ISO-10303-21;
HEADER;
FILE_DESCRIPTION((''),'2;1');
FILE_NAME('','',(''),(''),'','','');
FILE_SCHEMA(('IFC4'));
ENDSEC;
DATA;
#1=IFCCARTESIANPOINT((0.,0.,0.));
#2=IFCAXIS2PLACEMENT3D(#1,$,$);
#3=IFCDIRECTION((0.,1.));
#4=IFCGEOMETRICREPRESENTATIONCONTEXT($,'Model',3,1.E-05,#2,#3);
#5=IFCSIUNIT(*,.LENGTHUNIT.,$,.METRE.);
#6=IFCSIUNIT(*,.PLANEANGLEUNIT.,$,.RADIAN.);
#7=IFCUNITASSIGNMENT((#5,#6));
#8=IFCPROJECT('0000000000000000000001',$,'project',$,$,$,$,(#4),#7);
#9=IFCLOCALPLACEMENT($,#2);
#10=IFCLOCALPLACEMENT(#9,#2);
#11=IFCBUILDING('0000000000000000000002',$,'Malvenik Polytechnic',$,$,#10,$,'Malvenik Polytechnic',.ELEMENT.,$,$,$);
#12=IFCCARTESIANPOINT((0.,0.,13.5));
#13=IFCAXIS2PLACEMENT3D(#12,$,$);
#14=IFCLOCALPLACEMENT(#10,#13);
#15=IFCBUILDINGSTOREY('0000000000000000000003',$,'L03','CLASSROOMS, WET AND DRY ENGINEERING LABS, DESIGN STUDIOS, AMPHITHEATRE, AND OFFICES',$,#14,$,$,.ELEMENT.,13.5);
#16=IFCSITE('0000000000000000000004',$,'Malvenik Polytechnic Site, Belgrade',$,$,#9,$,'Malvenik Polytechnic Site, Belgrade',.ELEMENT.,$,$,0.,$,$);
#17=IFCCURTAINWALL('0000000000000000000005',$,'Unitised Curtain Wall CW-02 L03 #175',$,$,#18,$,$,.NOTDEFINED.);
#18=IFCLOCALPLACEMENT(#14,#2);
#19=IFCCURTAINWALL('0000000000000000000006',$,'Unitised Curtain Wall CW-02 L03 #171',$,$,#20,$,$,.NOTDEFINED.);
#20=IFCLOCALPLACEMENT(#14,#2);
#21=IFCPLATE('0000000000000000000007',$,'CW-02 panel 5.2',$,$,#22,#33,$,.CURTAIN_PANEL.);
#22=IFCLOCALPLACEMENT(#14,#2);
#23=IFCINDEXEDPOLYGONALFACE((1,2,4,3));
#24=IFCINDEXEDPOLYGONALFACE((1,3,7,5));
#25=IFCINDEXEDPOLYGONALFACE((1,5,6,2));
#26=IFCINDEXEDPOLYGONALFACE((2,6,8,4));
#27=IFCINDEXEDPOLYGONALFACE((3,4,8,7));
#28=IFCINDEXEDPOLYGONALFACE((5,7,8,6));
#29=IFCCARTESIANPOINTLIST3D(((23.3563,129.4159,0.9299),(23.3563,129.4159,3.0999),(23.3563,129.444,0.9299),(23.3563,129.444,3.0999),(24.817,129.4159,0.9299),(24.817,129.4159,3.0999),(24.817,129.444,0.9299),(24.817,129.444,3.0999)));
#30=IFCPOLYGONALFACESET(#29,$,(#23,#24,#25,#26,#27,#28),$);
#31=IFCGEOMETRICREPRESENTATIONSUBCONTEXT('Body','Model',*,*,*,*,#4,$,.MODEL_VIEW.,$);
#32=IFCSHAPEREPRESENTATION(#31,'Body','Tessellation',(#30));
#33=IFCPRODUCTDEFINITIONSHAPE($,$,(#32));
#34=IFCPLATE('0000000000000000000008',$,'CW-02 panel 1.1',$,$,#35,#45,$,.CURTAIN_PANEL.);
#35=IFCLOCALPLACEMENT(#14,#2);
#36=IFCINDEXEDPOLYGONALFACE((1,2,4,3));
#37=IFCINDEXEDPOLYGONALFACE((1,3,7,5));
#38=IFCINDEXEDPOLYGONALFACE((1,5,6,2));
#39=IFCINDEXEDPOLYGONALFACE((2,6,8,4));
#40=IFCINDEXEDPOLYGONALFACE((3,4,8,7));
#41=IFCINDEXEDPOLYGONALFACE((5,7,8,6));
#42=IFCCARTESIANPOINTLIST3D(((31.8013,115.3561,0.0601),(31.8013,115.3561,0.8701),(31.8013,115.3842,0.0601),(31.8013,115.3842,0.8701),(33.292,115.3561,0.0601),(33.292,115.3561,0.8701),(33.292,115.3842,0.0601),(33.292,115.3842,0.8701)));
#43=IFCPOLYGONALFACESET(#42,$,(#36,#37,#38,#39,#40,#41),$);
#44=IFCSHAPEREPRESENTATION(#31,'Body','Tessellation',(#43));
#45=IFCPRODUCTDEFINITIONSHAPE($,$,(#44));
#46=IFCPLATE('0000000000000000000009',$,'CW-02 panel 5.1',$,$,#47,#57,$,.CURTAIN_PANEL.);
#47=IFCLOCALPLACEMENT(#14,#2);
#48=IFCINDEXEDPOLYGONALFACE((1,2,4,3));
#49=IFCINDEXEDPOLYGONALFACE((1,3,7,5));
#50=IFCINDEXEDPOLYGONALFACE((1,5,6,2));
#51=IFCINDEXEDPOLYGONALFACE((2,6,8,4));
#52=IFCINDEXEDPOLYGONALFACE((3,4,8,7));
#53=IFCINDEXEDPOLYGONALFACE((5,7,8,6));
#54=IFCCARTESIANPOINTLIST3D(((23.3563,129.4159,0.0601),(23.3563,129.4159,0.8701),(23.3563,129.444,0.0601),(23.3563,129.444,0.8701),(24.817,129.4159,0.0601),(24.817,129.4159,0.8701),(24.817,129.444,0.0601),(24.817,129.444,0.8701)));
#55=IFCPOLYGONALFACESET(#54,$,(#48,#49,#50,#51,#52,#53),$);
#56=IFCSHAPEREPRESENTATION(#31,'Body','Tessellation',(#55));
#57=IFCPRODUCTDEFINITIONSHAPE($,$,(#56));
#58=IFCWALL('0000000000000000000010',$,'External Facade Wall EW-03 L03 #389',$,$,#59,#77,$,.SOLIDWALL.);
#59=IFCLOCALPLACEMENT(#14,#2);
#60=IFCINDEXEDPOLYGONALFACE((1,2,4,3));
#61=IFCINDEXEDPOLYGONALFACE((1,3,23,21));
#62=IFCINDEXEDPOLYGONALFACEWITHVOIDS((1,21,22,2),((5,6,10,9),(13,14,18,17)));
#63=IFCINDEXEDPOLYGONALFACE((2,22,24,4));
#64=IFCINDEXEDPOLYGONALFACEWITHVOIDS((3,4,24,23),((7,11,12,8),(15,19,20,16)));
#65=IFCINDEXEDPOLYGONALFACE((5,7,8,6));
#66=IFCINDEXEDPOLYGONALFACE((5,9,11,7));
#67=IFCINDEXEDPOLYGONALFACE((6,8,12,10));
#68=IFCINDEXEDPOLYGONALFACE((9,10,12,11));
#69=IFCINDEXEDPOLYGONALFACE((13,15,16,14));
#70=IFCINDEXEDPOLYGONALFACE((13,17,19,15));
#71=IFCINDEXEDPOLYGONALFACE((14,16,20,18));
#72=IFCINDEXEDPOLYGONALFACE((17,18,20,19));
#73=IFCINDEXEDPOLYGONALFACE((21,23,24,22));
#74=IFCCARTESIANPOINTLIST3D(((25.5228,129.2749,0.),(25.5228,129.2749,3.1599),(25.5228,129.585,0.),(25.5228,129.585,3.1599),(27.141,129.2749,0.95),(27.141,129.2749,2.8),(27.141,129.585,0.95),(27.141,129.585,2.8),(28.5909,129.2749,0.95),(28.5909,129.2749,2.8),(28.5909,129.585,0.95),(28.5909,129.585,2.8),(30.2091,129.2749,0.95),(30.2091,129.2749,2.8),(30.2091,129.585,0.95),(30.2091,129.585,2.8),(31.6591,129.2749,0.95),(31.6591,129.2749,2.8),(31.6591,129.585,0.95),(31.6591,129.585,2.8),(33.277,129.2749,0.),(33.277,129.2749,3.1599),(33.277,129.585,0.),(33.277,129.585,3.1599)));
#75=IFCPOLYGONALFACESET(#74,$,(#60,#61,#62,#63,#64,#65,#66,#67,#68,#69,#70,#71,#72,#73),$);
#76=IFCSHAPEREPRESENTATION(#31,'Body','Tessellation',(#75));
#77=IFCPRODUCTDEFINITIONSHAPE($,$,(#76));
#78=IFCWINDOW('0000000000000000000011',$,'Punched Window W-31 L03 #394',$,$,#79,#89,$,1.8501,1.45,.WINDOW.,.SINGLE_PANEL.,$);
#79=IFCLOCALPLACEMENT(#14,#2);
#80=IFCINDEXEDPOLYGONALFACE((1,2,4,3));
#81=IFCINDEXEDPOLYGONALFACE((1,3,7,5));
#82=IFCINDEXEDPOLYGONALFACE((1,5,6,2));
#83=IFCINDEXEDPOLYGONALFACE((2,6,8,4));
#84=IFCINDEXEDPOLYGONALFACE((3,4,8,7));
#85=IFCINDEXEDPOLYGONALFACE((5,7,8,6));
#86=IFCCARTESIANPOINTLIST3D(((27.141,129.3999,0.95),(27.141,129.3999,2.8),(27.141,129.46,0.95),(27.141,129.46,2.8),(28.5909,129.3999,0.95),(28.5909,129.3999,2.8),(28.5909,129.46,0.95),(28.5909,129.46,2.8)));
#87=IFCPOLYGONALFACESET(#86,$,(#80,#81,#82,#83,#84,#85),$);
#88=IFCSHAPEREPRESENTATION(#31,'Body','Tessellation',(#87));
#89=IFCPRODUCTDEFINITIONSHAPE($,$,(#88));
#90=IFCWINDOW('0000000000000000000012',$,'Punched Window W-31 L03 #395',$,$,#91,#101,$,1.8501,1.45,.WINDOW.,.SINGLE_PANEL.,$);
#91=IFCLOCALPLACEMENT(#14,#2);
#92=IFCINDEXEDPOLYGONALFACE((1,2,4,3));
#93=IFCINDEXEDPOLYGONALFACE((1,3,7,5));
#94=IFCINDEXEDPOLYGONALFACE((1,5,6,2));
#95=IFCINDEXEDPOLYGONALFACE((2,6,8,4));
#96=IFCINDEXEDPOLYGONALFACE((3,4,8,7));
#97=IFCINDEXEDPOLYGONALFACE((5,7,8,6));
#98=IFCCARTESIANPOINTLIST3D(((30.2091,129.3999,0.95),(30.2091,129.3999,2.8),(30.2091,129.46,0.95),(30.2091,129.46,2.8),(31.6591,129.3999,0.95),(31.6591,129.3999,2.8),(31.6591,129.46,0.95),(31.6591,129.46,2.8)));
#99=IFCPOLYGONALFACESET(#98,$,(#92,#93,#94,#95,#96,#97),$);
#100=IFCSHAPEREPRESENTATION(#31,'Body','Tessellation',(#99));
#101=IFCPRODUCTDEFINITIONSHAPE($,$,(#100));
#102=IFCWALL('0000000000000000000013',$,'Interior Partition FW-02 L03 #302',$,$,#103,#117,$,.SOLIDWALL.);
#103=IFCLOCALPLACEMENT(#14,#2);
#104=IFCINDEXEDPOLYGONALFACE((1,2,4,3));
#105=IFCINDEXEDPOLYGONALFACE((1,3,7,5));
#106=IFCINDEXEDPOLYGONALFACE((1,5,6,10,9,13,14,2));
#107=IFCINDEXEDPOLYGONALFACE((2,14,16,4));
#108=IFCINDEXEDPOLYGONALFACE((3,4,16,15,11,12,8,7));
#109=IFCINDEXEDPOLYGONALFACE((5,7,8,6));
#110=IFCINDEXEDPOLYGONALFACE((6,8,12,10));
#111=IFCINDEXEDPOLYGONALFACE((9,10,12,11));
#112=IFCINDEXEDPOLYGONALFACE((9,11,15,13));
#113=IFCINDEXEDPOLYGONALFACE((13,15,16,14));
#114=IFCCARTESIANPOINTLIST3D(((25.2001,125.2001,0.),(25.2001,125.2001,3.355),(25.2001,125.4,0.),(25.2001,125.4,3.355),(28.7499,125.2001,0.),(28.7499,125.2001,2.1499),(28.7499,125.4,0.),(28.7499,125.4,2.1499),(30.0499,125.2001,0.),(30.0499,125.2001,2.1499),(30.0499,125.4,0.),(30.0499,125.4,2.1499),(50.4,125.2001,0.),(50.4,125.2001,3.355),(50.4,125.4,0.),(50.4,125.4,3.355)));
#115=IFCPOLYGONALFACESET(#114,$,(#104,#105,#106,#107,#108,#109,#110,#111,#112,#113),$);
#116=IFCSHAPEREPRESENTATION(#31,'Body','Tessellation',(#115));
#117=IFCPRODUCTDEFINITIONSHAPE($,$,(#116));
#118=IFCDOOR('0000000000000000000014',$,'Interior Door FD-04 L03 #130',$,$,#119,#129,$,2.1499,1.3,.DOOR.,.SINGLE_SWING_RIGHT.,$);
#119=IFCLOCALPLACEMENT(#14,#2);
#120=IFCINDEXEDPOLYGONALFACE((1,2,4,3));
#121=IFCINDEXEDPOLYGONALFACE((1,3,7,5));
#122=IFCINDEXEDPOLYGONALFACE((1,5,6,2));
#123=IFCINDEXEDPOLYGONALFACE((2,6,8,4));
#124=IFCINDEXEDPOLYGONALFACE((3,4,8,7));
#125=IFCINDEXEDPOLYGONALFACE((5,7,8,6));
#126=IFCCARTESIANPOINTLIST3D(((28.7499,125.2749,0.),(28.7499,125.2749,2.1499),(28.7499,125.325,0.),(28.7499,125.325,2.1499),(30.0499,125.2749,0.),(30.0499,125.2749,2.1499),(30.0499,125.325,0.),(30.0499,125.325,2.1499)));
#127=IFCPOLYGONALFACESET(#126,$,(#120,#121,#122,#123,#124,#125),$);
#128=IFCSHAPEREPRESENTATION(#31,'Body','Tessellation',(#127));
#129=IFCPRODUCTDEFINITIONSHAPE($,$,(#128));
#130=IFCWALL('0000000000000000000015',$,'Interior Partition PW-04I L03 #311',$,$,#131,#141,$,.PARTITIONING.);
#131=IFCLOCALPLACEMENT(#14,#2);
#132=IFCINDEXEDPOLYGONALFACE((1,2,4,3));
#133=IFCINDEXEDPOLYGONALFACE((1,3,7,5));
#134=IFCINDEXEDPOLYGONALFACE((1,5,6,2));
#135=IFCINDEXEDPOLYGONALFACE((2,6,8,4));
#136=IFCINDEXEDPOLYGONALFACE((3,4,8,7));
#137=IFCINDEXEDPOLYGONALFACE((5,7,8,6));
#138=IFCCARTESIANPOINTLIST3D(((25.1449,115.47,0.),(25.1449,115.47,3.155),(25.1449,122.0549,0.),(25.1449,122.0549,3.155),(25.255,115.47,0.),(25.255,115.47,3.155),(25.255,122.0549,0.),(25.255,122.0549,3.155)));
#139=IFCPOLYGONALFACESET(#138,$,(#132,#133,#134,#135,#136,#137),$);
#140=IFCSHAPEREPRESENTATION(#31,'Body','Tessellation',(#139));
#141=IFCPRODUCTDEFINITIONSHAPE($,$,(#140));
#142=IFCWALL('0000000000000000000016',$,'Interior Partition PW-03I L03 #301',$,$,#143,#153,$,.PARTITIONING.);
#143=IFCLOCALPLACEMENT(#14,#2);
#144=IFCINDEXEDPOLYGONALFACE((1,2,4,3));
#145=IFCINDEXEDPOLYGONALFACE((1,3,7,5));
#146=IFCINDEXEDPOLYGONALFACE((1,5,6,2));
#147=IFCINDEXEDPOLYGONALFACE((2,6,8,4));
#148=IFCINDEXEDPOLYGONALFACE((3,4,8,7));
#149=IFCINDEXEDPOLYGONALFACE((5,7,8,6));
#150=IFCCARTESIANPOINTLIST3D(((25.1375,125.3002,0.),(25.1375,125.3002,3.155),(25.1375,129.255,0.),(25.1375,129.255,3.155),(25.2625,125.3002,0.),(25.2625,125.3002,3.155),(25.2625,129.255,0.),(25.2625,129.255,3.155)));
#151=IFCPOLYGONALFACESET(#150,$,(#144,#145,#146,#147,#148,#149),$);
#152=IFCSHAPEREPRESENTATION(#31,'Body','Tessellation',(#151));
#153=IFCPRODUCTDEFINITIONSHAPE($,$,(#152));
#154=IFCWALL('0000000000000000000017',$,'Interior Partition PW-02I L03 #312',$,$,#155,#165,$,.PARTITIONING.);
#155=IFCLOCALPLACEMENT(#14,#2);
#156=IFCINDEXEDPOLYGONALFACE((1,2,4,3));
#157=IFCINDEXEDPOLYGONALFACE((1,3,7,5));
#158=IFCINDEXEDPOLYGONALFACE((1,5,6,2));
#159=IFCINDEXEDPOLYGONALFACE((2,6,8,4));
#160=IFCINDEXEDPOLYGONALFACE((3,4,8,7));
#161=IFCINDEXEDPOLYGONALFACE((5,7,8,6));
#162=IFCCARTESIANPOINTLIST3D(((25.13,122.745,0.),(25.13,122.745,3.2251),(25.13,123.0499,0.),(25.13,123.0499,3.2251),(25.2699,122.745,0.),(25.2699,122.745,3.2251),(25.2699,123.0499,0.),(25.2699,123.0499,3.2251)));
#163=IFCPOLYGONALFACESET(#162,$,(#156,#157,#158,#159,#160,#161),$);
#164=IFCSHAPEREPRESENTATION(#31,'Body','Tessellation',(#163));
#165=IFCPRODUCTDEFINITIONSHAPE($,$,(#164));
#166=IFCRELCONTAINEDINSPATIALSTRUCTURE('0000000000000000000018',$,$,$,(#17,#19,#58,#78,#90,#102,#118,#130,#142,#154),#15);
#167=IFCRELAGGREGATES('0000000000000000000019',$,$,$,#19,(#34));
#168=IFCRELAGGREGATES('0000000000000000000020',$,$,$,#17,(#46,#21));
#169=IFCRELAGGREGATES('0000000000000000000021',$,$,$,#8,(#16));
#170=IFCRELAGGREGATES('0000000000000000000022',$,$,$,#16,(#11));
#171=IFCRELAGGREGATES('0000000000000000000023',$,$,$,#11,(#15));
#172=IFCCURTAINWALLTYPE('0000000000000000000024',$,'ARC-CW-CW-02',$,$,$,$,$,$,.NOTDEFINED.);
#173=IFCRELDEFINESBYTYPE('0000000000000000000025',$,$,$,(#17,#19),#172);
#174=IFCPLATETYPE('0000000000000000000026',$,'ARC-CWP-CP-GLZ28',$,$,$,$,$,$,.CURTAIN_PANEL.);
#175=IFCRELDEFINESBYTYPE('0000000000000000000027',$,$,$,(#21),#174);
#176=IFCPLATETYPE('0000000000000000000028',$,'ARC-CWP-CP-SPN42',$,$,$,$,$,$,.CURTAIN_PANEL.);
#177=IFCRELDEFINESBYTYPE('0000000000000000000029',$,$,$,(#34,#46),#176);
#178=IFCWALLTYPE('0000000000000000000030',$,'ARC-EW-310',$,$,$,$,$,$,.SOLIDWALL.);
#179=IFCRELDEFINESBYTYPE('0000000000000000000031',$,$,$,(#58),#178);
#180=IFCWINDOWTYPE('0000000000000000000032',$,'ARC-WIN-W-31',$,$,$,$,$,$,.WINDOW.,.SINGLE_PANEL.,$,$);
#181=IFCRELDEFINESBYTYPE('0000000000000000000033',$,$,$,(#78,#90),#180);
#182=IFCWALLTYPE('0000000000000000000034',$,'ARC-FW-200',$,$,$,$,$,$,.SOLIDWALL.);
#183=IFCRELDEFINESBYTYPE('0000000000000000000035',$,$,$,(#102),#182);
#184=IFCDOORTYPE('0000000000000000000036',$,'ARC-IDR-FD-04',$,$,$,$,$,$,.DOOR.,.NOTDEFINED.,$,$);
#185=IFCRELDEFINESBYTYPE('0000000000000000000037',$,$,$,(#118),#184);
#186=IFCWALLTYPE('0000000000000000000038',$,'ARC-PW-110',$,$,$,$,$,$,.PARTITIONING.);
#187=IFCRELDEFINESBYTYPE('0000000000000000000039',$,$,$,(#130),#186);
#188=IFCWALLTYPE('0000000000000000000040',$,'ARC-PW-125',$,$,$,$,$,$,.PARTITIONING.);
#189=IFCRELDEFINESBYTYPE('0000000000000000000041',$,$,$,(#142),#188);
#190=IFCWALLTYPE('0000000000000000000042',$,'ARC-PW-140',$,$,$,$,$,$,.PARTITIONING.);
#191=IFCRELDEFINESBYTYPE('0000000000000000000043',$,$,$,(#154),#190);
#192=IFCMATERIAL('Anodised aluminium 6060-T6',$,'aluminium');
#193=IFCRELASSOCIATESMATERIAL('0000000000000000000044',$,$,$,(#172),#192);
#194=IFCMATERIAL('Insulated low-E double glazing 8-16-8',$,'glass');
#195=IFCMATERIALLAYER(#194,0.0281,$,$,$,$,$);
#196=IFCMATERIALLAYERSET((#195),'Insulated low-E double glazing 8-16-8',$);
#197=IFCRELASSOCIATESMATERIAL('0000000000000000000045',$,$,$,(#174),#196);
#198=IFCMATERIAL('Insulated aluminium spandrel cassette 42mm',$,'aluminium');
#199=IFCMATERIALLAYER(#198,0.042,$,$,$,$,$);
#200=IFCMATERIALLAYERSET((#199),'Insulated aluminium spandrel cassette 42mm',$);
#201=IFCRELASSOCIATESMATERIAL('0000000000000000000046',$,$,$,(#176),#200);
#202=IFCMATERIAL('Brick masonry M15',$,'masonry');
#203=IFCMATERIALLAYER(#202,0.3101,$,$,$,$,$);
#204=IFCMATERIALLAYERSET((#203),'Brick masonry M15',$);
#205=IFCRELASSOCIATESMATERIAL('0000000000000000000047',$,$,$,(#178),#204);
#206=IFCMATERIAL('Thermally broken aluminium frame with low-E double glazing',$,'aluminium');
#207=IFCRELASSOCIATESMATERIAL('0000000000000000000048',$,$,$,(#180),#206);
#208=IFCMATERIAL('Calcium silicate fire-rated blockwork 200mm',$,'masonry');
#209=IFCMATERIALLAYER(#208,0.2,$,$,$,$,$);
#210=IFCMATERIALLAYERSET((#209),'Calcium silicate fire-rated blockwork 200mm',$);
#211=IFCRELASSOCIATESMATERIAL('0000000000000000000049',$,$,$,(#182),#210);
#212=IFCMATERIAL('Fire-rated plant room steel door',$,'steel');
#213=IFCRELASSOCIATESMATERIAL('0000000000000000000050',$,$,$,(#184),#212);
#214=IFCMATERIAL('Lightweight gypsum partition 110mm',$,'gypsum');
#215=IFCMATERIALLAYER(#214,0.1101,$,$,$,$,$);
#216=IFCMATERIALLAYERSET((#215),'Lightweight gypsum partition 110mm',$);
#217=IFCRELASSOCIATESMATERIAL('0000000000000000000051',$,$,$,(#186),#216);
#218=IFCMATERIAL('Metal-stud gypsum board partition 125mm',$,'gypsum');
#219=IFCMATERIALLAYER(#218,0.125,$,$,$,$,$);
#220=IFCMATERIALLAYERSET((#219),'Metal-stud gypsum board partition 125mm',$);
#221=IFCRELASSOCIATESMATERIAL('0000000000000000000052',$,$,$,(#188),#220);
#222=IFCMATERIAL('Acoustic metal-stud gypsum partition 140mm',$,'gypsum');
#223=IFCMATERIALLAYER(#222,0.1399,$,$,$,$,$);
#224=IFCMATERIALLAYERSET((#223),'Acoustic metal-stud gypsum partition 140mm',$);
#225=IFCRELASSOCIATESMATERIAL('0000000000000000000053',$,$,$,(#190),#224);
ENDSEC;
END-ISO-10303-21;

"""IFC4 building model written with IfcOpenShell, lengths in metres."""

from ifc_helpers import new_model, si_unit, direction, frame, frame_2d, origin, origin_2d, place, context, subcontext, project, spatial, rectangle, extrude, material, layer, layer_set, type_object, element, fill, aggregate, save


model = new_model("IFC4")

# Units and contexts
model_context = context("Model", 3, precision=1e-05, world=origin(), true_north=direction((0.0, 1.0)))
body_context = subcontext(model_context, "Body", "Model", "MODEL_VIEW")
ifc_project = project(units=[si_unit("LENGTHUNIT", "METRE"), si_unit("PLANEANGLEUNIT", "RADIAN")], contexts=[model_context])

# Site, building, storey
site_placement = place(None, origin())
site = spatial("IfcSite", under=ifc_project, at=site_placement, Name="Malvenik Polytechnic Site, Belgrade", LongName="Malvenik Polytechnic Site, Belgrade", CompositionType="ELEMENT", RefElevation=0.0)
building_placement = place(site_placement, origin())
building = spatial("IfcBuilding", under=site, at=building_placement, Name="Malvenik Polytechnic", LongName="Malvenik Polytechnic", CompositionType="ELEMENT")
storey_placement = place(building_placement, frame((0.0, 0.0, 13.5)))
storey = spatial("IfcBuildingStorey", under=building, at=storey_placement, Name="L03", Description="CLASSROOMS, WET AND DRY ENGINEERING LABS, DESIGN STUDIOS, AMPHITHEATRE, AND OFFICES", CompositionType="ELEMENT", Elevation=13.5)

# Curtain wall
ifc_material_1 = material(Name="Anodised aluminium 6060-T6", Category="aluminium")
curtain_wall_type = type_object("IfcCurtainWallType", Name="ARC-CW-CW-02", PredefinedType="NOTDEFINED", material=ifc_material_1)
curtain_wall_1_placement = place(storey_placement, origin())
curtain_wall_1 = element("IfcCurtainWall", 1, at=curtain_wall_1_placement, inside=storey, type_object=curtain_wall_type, Name="Unitised Curtain Wall CW-02 L03 #175", PredefinedType="NOTDEFINED")

# Curtain wall
curtain_wall_2_placement = place(storey_placement, origin())
curtain_wall_2 = element("IfcCurtainWall", 2, at=curtain_wall_2_placement, inside=storey, type_object=curtain_wall_type, Name="Unitised Curtain Wall CW-02 L03 #171", PredefinedType="NOTDEFINED")

# Plates
ifc_material_2 = material(Name="Insulated low-E double glazing 8-16-8", Category="glass")
ifc_layer_1 = layer(ifc_material_2, 0.0281)
ifc_layer_set_1 = layer_set([ifc_layer_1], Name="Insulated low-E double glazing 8-16-8")
plate_type_1 = type_object("IfcPlateType", Name="ARC-CWP-CP-GLZ28", PredefinedType="CURTAIN_PANEL", material=ifc_layer_set_1)
plate_1_placement = place(storey_placement, frame((24.0867, 129.4299, 0.9299), z_axis=(0.0, 0.0, 1.0), x_axis=(1.0, 0.0, 0.0)))
plate_1 = element("IfcPlate", 3, at=plate_1_placement, type_object=plate_type_1, Name="CW-02 panel 5.2", PredefinedType="CURTAIN_PANEL", context=body_context, shape_type="SweptSolid", body=[
    extrude(rectangle(XDim=1.4607, YDim=0.0281, at=origin_2d()), origin(), (0.0, 0.0, 1.0), 2.1699),
])
ifc_material_3 = material(Name="Insulated aluminium spandrel cassette 42mm", Category="aluminium")
ifc_layer_2 = layer(ifc_material_3, 0.042)
ifc_layer_set_2 = layer_set([ifc_layer_2], Name="Insulated aluminium spandrel cassette 42mm")
plate_type_2 = type_object("IfcPlateType", Name="ARC-CWP-CP-SPN42", PredefinedType="CURTAIN_PANEL", material=ifc_layer_set_2)
plate_2_placement = place(storey_placement, frame((32.5466, 115.3701, 0.0601), z_axis=(0.0, 0.0, 1.0), x_axis=(-1.0, 0.0, 0.0)))
plate_2 = element("IfcPlate", 4, at=plate_2_placement, type_object=plate_type_2, Name="CW-02 panel 1.1", PredefinedType="CURTAIN_PANEL", context=body_context, shape_type="SweptSolid", body=[
    extrude(rectangle(XDim=1.4907, YDim=0.0281, at=origin_2d()), origin(), (0.0, 0.0, 1.0), 0.8101),
])
aggregate(curtain_wall_2, [plate_2])
plate_3_placement = place(storey_placement, frame((24.0867, 129.4299, 0.0601), z_axis=(0.0, 0.0, 1.0), x_axis=(1.0, 0.0, 0.0)))
plate_3 = element("IfcPlate", 5, at=plate_3_placement, type_object=plate_type_2, Name="CW-02 panel 5.1", PredefinedType="CURTAIN_PANEL", context=body_context, shape_type="SweptSolid", body=[
    extrude(rectangle(XDim=1.4607, YDim=0.0281, at=origin_2d()), origin(), (0.0, 0.0, 1.0), 0.8101),
])
aggregate(curtain_wall_1, [plate_3, plate_1])

# Wall, openings, windows
ifc_material_4 = material(Name="Brick masonry M15", Category="masonry")
ifc_layer_3 = layer(ifc_material_4, 0.3101)
ifc_layer_set_3 = layer_set([ifc_layer_3], Name="Brick masonry M15")
wall_type_1 = type_object("IfcWallType", Name="ARC-EW-310", PredefinedType="SOLIDWALL", material=ifc_layer_set_3)
wall_1_placement = place(storey_placement, frame((25.5229, 129.4299, 0.0), z_axis=(0.0, 0.0, 1.0), x_axis=(1.0, 0.0, 0.0)))
wall_1 = element("IfcWall", 6, at=wall_1_placement, inside=storey, type_object=wall_type_1, Name="External Facade Wall EW-03 L03 #389", PredefinedType="SOLIDWALL", context=body_context, shape_type="SweptSolid", body=[
    extrude(rectangle(XDim=7.7542, YDim=0.3101, at=frame_2d((3.877, 0.0))), origin(), (0.0, 0.0, 1.0), 3.1599),
])
opening_1_placement = place(wall_1_placement, frame((1.6179, 0.0, 0.95)))
opening_1 = element("IfcOpeningElement", 7, at=opening_1_placement, cuts=wall_1, PredefinedType="OPENING", context=body_context, shape_type="SweptSolid", body=[
    extrude(rectangle(XDim=1.45, YDim=1.8501, at=frame_2d((0.7251, 0.925))), frame((0.0, 0.165, 0.0), z_axis=(0.0, -1.0, 0.0), x_axis=(1.0, 0.0, 0.0)), (0.0, 0.0, 1.0), 0.3301),
])
opening_2_placement = place(wall_1_placement, frame((4.686, 0.0, 0.95)))
opening_2 = element("IfcOpeningElement", 8, at=opening_2_placement, cuts=wall_1, PredefinedType="OPENING", context=body_context, shape_type="SweptSolid", body=[
    extrude(rectangle(XDim=1.45, YDim=1.8501, at=frame_2d((0.7251, 0.925))), frame((0.0, 0.165, 0.0), z_axis=(0.0, -1.0, 0.0), x_axis=(1.0, 0.0, 0.0)), (0.0, 0.0, 1.0), 0.3301),
])
ifc_material_5 = material(Name="Thermally broken aluminium frame with low-E double glazing", Category="aluminium")
window_type = type_object("IfcWindowType", Name="ARC-WIN-W-31", PartitioningType="SINGLE_PANEL", PredefinedType="WINDOW", material=ifc_material_5)
window_1_placement = place(opening_1_placement, origin())
window_1 = element("IfcWindow", 9, at=window_1_placement, inside=storey, type_object=window_type, Name="Punched Window W-31 L03 #394", OverallHeight=1.8501, OverallWidth=1.45, PartitioningType="SINGLE_PANEL", PredefinedType="WINDOW", context=body_context, shape_type="SweptSolid", body=[
    extrude(rectangle(XDim=1.45, YDim=1.8501, at=frame_2d((0.7251, 0.925))), frame((0.0, 0.03, 0.0), z_axis=(0.0, -1.0, 0.0), x_axis=(1.0, 0.0, 0.0)), (0.0, 0.0, 1.0), 0.0601),
])
fill(opening_1, window_1)
window_2_placement = place(opening_2_placement, origin())
window_2 = element("IfcWindow", 10, at=window_2_placement, inside=storey, type_object=window_type, Name="Punched Window W-31 L03 #395", OverallHeight=1.8501, OverallWidth=1.45, PartitioningType="SINGLE_PANEL", PredefinedType="WINDOW", context=body_context, shape_type="SweptSolid", body=[
    extrude(rectangle(XDim=1.45, YDim=1.8501, at=frame_2d((0.7251, 0.925))), frame((0.0, 0.03, 0.0), z_axis=(0.0, -1.0, 0.0), x_axis=(1.0, 0.0, 0.0)), (0.0, 0.0, 1.0), 0.0601),
])
fill(opening_2, window_2)

# Wall, opening, door
ifc_material_6 = material(Name="Calcium silicate fire-rated blockwork 200mm", Category="masonry")
ifc_layer_4 = layer(ifc_material_6, 0.2)
ifc_layer_set_4 = layer_set([ifc_layer_4], Name="Calcium silicate fire-rated blockwork 200mm")
wall_type_2 = type_object("IfcWallType", Name="ARC-FW-200", PredefinedType="SOLIDWALL", material=ifc_layer_set_4)
wall_2_placement = place(storey_placement, frame((25.2, 125.3, 0.0), z_axis=(0.0, 0.0, 1.0), x_axis=(1.0, 0.0, 0.0)))
wall_2 = element("IfcWall", 11, at=wall_2_placement, inside=storey, type_object=wall_type_2, Name="Interior Partition FW-02 L03 #302", PredefinedType="SOLIDWALL", context=body_context, shape_type="SweptSolid", body=[
    extrude(rectangle(XDim=25.2, YDim=0.2, at=frame_2d((12.6001, 0.0))), origin(), (0.0, 0.0, 1.0), 3.355),
])
opening_3_placement = place(wall_2_placement, frame((3.55, 0.0, 0.0)))
opening_3 = element("IfcOpeningElement", 12, at=opening_3_placement, cuts=wall_2, PredefinedType="OPENING", context=body_context, shape_type="SweptSolid", body=[
    extrude(rectangle(XDim=1.3, YDim=2.1499, at=frame_2d((0.6499, 1.075))), frame((0.0, 0.1099, 0.0), z_axis=(0.0, -1.0, 0.0), x_axis=(1.0, 0.0, 0.0)), (0.0, 0.0, 1.0), 0.22),
])
ifc_material_7 = material(Name="Fire-rated plant room steel door", Category="steel")
door_type = type_object("IfcDoorType", Name="ARC-IDR-FD-04", OperationType="NOTDEFINED", PredefinedType="DOOR", material=ifc_material_7)
door_placement = place(opening_3_placement, origin())
door = element("IfcDoor", 13, at=door_placement, inside=storey, type_object=door_type, Name="Interior Door FD-04 L03 #130", OperationType="SINGLE_SWING_RIGHT", OverallHeight=2.1499, OverallWidth=1.3, PredefinedType="DOOR", context=body_context, shape_type="SweptSolid", body=[
    extrude(rectangle(XDim=1.3, YDim=2.1499, at=frame_2d((0.6499, 1.075))), frame((0.0, 0.0249, 0.0), z_axis=(0.0, -1.0, 0.0), x_axis=(1.0, 0.0, 0.0)), (0.0, 0.0, 1.0), 0.05),
])
fill(opening_3, door)

# Walls
ifc_material_8 = material(Name="Lightweight gypsum partition 110mm", Category="gypsum")
ifc_layer_5 = layer(ifc_material_8, 0.1101)
ifc_layer_set_5 = layer_set([ifc_layer_5], Name="Lightweight gypsum partition 110mm")
wall_type_3 = type_object("IfcWallType", Name="ARC-PW-110", PredefinedType="PARTITIONING", material=ifc_layer_set_5)
wall_3_placement = place(storey_placement, frame((25.2, 115.47, 0.0), z_axis=(0.0, 0.0, 1.0), x_axis=(0.0, 1.0, 0.0)))
element("IfcWall", 14, at=wall_3_placement, inside=storey, type_object=wall_type_3, Name="Interior Partition PW-04I L03 #311", PredefinedType="PARTITIONING", context=body_context, shape_type="SweptSolid", body=[
    extrude(rectangle(XDim=6.585, YDim=0.1101, at=frame_2d((3.2925, 0.0))), origin(), (0.0, 0.0, 1.0), 3.155),
])
ifc_material_9 = material(Name="Metal-stud gypsum board partition 125mm", Category="gypsum")
ifc_layer_6 = layer(ifc_material_9, 0.125)
ifc_layer_set_6 = layer_set([ifc_layer_6], Name="Metal-stud gypsum board partition 125mm")
wall_type_4 = type_object("IfcWallType", Name="ARC-PW-125", PredefinedType="PARTITIONING", material=ifc_layer_set_6)
wall_4_placement = place(storey_placement, frame((25.2, 125.3, 0.0), z_axis=(0.0, 0.0, 1.0), x_axis=(0.0, 1.0, 0.0)))
element("IfcWall", 15, at=wall_4_placement, inside=storey, type_object=wall_type_4, Name="Interior Partition PW-03I L03 #301", PredefinedType="PARTITIONING", context=body_context, shape_type="SweptSolid", body=[
    extrude(rectangle(XDim=3.9548, YDim=0.125, at=frame_2d((1.9775, 0.0))), origin(), (0.0, 0.0, 1.0), 3.155),
])
ifc_material_10 = material(Name="Acoustic metal-stud gypsum partition 140mm", Category="gypsum")
ifc_layer_7 = layer(ifc_material_10, 0.1399)
ifc_layer_set_7 = layer_set([ifc_layer_7], Name="Acoustic metal-stud gypsum partition 140mm")
wall_type_5 = type_object("IfcWallType", Name="ARC-PW-140", PredefinedType="PARTITIONING", material=ifc_layer_set_7)
wall_5_placement = place(storey_placement, frame((25.2, 122.7451, 0.0), z_axis=(0.0, 0.0, 1.0), x_axis=(0.0, 1.0, 0.0)))
element("IfcWall", 16, at=wall_5_placement, inside=storey, type_object=wall_type_5, Name="Interior Partition PW-02I L03 #312", PredefinedType="PARTITIONING", context=body_context, shape_type="SweptSolid", body=[
    extrude(rectangle(XDim=0.3049, YDim=0.1399, at=frame_2d((0.1523, 0.0))), origin(), (0.0, 0.0, 1.0), 3.2251),
])

save(model, "model.ifc")
